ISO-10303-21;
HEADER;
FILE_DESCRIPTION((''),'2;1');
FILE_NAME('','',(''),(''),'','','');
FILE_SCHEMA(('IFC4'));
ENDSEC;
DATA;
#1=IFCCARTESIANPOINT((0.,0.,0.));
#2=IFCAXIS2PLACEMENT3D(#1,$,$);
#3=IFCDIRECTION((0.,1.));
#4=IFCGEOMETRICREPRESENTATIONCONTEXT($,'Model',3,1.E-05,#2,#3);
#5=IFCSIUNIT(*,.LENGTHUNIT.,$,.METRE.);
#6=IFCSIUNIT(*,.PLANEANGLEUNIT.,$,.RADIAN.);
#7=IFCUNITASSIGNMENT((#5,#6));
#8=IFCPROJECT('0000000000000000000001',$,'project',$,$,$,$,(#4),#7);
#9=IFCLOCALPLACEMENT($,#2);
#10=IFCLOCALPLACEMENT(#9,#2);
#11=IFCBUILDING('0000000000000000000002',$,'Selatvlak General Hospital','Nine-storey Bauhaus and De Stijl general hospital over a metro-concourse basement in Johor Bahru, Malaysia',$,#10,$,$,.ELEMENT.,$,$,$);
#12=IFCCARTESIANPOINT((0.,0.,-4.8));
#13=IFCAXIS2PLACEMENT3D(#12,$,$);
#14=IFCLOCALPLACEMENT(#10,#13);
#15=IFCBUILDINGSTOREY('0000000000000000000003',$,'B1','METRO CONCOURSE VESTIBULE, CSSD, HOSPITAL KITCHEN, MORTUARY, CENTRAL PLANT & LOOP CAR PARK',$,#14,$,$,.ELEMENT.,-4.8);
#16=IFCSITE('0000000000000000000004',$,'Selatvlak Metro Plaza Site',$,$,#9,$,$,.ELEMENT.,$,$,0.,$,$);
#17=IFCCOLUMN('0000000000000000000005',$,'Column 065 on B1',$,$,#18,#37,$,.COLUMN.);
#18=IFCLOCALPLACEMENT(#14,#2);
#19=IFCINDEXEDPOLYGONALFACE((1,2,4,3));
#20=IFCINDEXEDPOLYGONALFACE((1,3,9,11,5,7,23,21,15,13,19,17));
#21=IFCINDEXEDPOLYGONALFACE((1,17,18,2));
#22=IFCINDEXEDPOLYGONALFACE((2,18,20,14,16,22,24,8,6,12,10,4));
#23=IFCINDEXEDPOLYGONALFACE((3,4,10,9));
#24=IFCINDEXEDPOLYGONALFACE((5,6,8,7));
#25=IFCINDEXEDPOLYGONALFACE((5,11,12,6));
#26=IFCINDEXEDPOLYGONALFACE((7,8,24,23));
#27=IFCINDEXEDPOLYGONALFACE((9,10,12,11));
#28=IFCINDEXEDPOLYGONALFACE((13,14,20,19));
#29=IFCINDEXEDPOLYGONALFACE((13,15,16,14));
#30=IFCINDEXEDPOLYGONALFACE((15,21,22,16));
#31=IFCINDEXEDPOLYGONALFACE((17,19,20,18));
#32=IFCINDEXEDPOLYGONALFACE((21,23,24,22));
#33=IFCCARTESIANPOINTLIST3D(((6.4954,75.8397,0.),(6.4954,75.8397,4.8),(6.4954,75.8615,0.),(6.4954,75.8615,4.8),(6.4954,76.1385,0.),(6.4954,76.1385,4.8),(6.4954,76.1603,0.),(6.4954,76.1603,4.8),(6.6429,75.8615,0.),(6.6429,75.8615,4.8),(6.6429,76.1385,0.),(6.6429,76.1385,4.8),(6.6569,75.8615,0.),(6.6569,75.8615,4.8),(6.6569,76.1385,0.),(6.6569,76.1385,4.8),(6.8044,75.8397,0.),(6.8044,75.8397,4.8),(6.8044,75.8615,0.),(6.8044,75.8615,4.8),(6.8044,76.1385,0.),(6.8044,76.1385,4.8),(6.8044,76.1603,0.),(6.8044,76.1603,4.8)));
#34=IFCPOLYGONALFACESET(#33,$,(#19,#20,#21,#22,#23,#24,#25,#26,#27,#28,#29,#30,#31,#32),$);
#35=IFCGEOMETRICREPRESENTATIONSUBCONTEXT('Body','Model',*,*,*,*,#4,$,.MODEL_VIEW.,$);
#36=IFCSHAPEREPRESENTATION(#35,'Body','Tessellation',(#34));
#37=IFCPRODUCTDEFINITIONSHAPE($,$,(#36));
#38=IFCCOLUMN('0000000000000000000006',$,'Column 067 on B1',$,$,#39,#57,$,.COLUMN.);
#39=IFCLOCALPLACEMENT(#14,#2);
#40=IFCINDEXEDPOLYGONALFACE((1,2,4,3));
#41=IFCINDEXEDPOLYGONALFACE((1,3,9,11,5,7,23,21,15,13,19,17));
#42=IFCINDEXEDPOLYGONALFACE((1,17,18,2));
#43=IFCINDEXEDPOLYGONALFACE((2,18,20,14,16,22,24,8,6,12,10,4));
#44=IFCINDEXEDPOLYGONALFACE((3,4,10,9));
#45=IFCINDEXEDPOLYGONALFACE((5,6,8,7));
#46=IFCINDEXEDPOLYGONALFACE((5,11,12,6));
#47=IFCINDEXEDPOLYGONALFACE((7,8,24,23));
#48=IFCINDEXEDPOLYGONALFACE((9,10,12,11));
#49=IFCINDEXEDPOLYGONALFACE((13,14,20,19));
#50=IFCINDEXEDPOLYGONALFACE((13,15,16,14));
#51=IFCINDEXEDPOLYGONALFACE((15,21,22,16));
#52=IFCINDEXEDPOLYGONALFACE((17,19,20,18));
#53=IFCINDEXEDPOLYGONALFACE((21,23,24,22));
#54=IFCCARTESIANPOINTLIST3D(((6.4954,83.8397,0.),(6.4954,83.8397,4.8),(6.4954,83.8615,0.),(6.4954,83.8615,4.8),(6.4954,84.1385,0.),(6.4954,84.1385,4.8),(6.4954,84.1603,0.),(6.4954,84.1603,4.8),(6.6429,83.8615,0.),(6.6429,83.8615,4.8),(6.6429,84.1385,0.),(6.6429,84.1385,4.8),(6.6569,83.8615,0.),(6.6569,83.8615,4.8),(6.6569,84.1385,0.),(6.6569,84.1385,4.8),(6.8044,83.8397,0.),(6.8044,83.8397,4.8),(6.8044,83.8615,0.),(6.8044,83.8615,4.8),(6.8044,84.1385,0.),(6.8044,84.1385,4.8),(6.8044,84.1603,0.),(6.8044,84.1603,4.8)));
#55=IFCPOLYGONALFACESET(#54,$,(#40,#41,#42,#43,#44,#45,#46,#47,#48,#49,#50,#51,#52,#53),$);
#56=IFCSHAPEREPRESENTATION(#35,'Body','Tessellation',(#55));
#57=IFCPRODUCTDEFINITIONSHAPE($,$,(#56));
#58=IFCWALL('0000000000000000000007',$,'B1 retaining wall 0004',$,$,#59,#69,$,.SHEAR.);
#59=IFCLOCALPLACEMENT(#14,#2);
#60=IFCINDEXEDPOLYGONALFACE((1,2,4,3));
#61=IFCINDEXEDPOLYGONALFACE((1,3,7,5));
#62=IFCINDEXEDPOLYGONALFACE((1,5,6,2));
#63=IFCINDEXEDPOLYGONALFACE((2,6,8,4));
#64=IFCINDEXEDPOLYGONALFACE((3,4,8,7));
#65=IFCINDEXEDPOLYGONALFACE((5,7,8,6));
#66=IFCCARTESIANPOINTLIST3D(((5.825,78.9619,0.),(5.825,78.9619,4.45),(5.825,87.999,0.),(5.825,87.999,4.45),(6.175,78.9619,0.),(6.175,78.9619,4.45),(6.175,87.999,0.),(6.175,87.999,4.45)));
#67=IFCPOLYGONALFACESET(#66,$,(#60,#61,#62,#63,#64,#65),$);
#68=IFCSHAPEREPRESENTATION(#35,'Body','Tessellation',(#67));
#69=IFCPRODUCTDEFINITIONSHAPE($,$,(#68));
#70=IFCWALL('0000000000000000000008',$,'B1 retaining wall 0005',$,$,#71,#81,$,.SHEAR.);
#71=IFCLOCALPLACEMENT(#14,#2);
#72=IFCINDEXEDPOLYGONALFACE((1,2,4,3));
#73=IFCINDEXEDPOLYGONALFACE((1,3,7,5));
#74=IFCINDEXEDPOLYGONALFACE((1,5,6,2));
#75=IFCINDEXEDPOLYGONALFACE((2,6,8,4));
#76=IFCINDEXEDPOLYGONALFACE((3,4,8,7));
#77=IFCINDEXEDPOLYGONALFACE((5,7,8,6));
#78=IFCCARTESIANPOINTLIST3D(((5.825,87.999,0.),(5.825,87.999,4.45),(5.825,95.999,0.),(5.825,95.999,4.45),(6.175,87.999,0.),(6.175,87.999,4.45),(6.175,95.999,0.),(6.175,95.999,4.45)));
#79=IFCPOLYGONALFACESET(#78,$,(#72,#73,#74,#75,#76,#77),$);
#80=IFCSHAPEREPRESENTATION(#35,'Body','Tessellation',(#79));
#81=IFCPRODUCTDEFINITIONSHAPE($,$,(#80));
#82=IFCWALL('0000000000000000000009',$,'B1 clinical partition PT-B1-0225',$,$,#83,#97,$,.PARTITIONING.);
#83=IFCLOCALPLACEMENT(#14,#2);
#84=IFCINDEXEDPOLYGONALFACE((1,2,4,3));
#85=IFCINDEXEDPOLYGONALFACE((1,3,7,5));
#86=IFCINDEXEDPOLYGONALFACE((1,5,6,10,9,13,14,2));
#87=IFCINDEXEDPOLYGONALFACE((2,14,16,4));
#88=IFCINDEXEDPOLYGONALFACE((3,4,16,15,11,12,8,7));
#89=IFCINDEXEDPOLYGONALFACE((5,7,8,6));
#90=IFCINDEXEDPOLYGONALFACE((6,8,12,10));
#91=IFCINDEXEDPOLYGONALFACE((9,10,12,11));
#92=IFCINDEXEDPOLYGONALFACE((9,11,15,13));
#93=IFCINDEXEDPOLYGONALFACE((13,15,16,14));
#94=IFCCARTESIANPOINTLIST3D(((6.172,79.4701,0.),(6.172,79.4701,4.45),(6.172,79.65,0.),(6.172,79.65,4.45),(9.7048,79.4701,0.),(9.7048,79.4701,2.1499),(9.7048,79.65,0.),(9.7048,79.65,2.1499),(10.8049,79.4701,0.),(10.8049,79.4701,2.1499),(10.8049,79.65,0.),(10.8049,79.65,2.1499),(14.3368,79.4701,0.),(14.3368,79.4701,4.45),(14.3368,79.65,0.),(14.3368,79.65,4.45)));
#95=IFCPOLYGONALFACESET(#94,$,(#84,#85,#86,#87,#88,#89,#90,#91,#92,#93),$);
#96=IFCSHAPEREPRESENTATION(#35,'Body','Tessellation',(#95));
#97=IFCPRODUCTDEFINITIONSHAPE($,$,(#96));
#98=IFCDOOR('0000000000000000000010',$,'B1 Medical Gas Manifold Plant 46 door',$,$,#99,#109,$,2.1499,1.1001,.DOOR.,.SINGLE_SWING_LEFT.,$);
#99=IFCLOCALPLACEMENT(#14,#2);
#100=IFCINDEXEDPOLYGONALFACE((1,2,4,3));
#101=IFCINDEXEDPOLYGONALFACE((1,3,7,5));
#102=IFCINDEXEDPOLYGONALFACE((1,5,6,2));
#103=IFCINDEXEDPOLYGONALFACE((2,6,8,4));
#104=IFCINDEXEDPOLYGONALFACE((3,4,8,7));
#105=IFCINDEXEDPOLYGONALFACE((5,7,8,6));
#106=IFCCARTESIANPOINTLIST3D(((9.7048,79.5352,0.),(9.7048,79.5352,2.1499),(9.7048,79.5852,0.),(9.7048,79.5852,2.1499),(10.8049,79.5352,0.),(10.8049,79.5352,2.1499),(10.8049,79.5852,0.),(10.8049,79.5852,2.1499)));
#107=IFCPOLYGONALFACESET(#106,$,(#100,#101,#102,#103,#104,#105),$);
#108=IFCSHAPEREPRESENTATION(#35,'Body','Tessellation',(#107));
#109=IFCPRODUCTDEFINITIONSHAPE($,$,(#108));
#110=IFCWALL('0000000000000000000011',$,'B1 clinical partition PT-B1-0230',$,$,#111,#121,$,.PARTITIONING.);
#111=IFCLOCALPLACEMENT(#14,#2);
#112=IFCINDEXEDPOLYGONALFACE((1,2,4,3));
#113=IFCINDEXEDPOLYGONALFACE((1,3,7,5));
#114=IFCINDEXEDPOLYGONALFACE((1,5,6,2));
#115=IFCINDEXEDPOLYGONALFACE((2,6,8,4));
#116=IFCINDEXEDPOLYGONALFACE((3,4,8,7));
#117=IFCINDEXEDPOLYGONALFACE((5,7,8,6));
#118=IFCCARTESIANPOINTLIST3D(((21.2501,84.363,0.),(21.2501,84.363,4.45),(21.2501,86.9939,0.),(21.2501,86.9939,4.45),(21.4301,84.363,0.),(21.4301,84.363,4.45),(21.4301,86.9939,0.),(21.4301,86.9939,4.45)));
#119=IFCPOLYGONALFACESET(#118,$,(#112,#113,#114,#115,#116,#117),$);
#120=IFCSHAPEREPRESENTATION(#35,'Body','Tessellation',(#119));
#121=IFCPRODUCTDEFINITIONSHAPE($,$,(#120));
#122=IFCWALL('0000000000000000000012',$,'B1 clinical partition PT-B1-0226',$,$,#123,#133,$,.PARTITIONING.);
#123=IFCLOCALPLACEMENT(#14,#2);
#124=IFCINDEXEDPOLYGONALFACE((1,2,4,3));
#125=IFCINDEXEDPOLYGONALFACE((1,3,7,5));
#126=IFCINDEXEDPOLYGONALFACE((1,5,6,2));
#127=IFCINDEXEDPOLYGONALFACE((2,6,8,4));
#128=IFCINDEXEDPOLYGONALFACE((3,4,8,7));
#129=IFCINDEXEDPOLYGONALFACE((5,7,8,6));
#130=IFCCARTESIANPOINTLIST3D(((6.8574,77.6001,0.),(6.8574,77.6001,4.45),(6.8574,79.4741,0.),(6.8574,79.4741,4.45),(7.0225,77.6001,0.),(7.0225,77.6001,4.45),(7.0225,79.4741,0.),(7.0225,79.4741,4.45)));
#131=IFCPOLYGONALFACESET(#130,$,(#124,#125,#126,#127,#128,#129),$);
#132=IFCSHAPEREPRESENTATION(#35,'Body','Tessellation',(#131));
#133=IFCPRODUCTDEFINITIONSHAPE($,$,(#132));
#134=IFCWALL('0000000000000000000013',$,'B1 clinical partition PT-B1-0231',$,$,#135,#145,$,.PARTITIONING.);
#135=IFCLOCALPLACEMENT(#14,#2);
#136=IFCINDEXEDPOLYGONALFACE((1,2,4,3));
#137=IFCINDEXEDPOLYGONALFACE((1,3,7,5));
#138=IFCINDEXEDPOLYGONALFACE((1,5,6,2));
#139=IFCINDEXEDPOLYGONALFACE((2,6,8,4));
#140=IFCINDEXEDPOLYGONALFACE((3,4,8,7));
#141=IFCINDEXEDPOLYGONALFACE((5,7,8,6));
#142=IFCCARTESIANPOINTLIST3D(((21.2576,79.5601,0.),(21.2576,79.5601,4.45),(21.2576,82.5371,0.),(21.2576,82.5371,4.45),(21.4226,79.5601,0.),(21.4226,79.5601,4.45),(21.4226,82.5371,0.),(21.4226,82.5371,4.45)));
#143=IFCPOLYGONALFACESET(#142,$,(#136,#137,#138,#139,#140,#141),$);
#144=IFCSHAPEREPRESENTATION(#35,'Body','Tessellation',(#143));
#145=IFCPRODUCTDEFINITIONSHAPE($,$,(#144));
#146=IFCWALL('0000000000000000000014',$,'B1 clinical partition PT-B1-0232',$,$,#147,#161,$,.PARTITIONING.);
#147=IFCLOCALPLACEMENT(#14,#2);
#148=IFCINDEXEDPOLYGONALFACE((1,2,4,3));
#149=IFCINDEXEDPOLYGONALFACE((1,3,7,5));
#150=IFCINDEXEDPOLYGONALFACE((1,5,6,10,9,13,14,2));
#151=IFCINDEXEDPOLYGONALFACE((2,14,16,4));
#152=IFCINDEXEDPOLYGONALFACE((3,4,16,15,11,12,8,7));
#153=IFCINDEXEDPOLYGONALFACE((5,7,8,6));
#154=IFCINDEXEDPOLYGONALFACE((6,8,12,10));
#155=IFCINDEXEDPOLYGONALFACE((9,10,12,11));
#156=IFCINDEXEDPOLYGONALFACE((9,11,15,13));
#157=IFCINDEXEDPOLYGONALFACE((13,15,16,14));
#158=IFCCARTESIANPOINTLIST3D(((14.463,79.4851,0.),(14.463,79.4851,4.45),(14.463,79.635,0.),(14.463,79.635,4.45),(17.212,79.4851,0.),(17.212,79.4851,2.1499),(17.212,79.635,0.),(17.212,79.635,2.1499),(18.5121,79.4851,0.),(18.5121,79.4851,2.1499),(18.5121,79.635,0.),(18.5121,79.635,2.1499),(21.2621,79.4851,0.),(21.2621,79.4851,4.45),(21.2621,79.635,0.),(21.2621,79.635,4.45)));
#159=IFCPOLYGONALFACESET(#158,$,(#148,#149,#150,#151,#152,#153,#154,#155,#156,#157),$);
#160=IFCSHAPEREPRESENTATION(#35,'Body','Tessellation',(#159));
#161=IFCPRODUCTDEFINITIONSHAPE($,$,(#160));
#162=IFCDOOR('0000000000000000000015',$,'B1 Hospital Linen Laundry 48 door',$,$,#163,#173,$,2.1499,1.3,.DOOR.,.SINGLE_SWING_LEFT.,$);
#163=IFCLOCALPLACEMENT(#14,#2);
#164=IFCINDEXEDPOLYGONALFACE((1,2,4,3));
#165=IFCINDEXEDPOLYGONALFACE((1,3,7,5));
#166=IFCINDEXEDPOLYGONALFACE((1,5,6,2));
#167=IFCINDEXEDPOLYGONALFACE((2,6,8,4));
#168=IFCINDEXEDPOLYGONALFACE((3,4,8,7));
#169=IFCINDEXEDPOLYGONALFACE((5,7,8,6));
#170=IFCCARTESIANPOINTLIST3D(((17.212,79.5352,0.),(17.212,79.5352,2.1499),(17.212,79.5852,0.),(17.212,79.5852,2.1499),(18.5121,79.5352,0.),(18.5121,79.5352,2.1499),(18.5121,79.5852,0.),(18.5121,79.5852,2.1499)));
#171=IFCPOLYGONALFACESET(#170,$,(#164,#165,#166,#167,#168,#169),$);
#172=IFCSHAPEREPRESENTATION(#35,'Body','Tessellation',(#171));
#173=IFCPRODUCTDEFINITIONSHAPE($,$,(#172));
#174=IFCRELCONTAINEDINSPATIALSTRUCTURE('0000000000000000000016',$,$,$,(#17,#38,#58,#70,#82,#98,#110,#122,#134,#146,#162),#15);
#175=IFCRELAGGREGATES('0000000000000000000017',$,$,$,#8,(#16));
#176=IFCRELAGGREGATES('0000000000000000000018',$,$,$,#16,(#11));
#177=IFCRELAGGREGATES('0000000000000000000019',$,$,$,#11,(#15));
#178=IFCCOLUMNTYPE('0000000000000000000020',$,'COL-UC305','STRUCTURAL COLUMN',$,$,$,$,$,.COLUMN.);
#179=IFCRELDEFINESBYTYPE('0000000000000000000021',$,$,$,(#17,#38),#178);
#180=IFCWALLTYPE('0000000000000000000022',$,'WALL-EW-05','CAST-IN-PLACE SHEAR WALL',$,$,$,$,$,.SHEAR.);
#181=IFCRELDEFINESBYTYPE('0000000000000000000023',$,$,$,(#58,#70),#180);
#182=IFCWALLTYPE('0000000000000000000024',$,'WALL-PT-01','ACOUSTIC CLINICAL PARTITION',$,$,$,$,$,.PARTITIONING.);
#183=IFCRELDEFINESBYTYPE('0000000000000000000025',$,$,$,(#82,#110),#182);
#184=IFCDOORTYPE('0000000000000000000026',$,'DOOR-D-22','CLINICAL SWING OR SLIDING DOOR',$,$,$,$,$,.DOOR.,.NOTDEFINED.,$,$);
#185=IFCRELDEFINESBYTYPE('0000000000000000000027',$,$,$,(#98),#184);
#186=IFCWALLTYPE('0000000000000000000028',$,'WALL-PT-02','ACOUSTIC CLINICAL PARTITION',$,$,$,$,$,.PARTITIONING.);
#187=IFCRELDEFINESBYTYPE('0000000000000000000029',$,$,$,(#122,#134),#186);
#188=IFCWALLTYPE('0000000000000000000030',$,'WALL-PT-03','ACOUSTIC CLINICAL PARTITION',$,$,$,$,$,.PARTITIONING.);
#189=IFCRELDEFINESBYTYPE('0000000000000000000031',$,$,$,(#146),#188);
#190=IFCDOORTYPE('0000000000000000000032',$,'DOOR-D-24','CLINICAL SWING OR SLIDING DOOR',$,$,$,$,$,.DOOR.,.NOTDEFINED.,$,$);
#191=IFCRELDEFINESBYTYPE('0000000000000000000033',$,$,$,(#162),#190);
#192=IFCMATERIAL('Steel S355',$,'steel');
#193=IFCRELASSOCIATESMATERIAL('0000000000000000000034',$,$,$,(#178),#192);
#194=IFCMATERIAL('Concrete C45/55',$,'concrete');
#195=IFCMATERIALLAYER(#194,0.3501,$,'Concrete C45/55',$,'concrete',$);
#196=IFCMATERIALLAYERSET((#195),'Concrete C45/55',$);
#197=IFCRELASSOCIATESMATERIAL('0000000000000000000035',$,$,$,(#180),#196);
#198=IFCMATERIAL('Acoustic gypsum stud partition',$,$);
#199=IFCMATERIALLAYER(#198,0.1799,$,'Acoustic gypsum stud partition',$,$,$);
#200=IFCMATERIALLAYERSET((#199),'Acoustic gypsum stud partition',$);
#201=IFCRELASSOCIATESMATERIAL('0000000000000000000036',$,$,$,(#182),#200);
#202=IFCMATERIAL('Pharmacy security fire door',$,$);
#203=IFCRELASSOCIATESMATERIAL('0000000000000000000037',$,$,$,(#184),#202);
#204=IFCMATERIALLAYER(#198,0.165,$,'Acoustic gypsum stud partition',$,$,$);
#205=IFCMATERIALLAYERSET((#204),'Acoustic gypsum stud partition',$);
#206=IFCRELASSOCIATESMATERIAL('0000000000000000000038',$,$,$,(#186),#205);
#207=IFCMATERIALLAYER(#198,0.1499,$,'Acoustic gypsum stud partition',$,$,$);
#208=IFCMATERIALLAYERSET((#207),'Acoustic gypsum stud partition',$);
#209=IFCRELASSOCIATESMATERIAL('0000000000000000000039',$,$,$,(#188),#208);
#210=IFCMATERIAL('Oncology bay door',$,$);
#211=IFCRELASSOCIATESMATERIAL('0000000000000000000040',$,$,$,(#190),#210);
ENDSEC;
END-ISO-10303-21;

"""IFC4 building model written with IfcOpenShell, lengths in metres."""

from ifc_helpers import new_model, si_unit, direction, frame, frame_2d, origin, origin_2d, place, context, subcontext, project, spatial, rectangle, i_section, extrude, material, layer, layer_set, material_profile, profile_set, type_object, element, fill, save


model = new_model("IFC4")

# Units and contexts
model_context = context("Model", 3, precision=1e-05, world=origin(), true_north=direction((0.0, 1.0)))
body_context = subcontext(model_context, "Body", "Model", "MODEL_VIEW")
ifc_project = project(units=[si_unit("LENGTHUNIT", "METRE"), si_unit("PLANEANGLEUNIT", "RADIAN")], contexts=[model_context])

# Site, building, storey
site_placement = place(None, origin())
site = spatial("IfcSite", under=ifc_project, at=site_placement, Name="Selatvlak Metro Plaza Site", CompositionType="ELEMENT", RefElevation=0.0)
building_placement = place(site_placement, origin())
building = spatial("IfcBuilding", under=site, at=building_placement, Name="Selatvlak General Hospital", Description="Nine-storey Bauhaus and De Stijl general hospital over a metro-concourse basement in Johor Bahru, Malaysia", CompositionType="ELEMENT")
storey_placement = place(building_placement, frame((0.0, 0.0, -4.8)))
storey = spatial("IfcBuildingStorey", under=building, at=storey_placement, Name="B1", Description="METRO CONCOURSE VESTIBULE, CSSD, HOSPITAL KITCHEN, MORTUARY, CENTRAL PLANT & LOOP CAR PARK", CompositionType="ELEMENT", Elevation=-4.8)

# Columns
ifc_material_1 = material(Name="Steel S355", Category="steel")
ifc_material_profile_1 = material_profile(ifc_material_1, i_section(OverallWidth=0.3091, OverallDepth=0.3206, WebThickness=0.0139, FlangeThickness=0.0217, at=origin_2d()), Name="UC 305x305x137")
ifc_profile_set_1 = profile_set([ifc_material_profile_1], Name="Steel S355")
column_type_1 = type_object("IfcColumnType", Name="COL-UC305", Description="STRUCTURAL COLUMN", PredefinedType="COLUMN", material=ifc_profile_set_1)
for number, where, z_axis, x_axis, name in (
    (1, (6.6499, 76.0, 0.0), (0.0, 0.0, 1.0), (1.0, 0.0, 0.0), "Column 065 on B1"),
    (2, (6.6499, 84.0, 0.0), (0.0, 0.0, 1.0), (1.0, 0.0, 0.0), "Column 067 on B1"),
):
    element("IfcColumn", number, at=place(storey_placement, frame(where, z_axis=z_axis, x_axis=x_axis)), inside=storey, type_object=column_type_1, Name=name, PredefinedType="COLUMN", context=body_context, shape_type="SweptSolid", body=[
        extrude(i_section(OverallWidth=0.3091, OverallDepth=0.3206, WebThickness=0.0139, FlangeThickness=0.0217, at=origin_2d()), origin(), (0.0, 0.0, 1.0), 4.8),
    ])

# Walls
ifc_material_2 = material(Name="Concrete C45/55", Category="concrete")
ifc_layer_1 = layer(ifc_material_2, 0.3501, Name="Concrete C45/55", Category="concrete")
ifc_layer_set_1 = layer_set([ifc_layer_1], Name="Concrete C45/55")
wall_type_1 = type_object("IfcWallType", Name="WALL-EW-05", Description="CAST-IN-PLACE SHEAR WALL", PredefinedType="SHEAR", material=ifc_layer_set_1)
wall_1_placement = place(storey_placement, frame((6.0, 78.9619, 0.0), z_axis=(0.0, 0.0, 1.0), x_axis=(0.0, 1.0, 0.0)))
element("IfcWall", 3, at=wall_1_placement, inside=storey, type_object=wall_type_1, Name="B1 retaining wall 0004", PredefinedType="SHEAR", context=body_context, shape_type="SweptSolid", body=[
    extrude(rectangle(XDim=9.0371, YDim=0.3501, at=frame_2d((4.5186, 0.0))), origin(), (0.0, 0.0, 1.0), 4.45),
])
wall_2_placement = place(storey_placement, frame((6.0, 87.999, 0.0), z_axis=(0.0, 0.0, 1.0), x_axis=(0.0, 1.0, 0.0)))
element("IfcWall", 4, at=wall_2_placement, inside=storey, type_object=wall_type_1, Name="B1 retaining wall 0005", PredefinedType="SHEAR", context=body_context, shape_type="SweptSolid", body=[
    extrude(rectangle(XDim=8.0, YDim=0.3501, at=frame_2d((4.0, 0.0))), origin(), (0.0, 0.0, 1.0), 4.45),
])

# Wall, opening, door
ifc_material_3 = material(Name="Acoustic gypsum stud partition")
ifc_layer_2 = layer(ifc_material_3, 0.1799, Name="Acoustic gypsum stud partition")
ifc_layer_set_2 = layer_set([ifc_layer_2], Name="Acoustic gypsum stud partition")
wall_type_2 = type_object("IfcWallType", Name="WALL-PT-01", Description="ACOUSTIC CLINICAL PARTITION", PredefinedType="PARTITIONING", material=ifc_layer_set_2)
wall_3_placement = place(storey_placement, frame((14.3369, 79.5601, 0.0), z_axis=(0.0, 0.0, 1.0), x_axis=(-1.0, 0.0, 0.0)))
wall_3 = element("IfcWall", 5, at=wall_3_placement, inside=storey, type_object=wall_type_2, Name="B1 clinical partition PT-B1-0225", PredefinedType="PARTITIONING", context=body_context, shape_type="SweptSolid", body=[
    extrude(rectangle(XDim=8.1648, YDim=0.1799, at=frame_2d((4.0825, 0.0))), origin(), (0.0, 0.0, 1.0), 4.45),
])
opening_1_placement = place(wall_3_placement, frame((3.532, 0.0, 0.0)))
opening_1 = element("IfcOpeningElement", 6, at=opening_1_placement, cuts=wall_3, PredefinedType="OPENING", context=body_context, shape_type="SweptSolid", body=[
    extrude(rectangle(XDim=1.1001, YDim=2.1499, at=frame_2d((0.55, 1.075))), frame((0.0, 0.0999, 0.0), z_axis=(0.0, -1.0, 0.0), x_axis=(1.0, 0.0, 0.0)), (0.0, 0.0, 1.0), 0.2),
])
ifc_material_4 = material(Name="Pharmacy security fire door")
door_type_1 = type_object("IfcDoorType", Name="DOOR-D-22", Description="CLINICAL SWING OR SLIDING DOOR", OperationType="NOTDEFINED", PredefinedType="DOOR", material=ifc_material_4)
door_1_placement = place(opening_1_placement, origin())
door_1 = element("IfcDoor", 7, at=door_1_placement, inside=storey, type_object=door_type_1, Name="B1 Medical Gas Manifold Plant 46 door", OperationType="SINGLE_SWING_LEFT", OverallHeight=2.1499, OverallWidth=1.1001, PredefinedType="DOOR", context=body_context, shape_type="SweptSolid", body=[
    extrude(rectangle(XDim=1.1001, YDim=2.1499, at=frame_2d((0.55, 1.075))), frame((0.0, 0.0249, 0.0), z_axis=(0.0, -1.0, 0.0), x_axis=(1.0, 0.0, 0.0)), (0.0, 0.0, 1.0), 0.05),
])
fill(opening_1, door_1)

# Walls
wall_4_placement = place(storey_placement, frame((21.3401, 86.9939, 0.0), z_axis=(0.0, 0.0, 1.0), x_axis=(0.0, -1.0, 0.0)))
element("IfcWall", 8, at=wall_4_placement, inside=storey, type_object=wall_type_2, Name="B1 clinical partition PT-B1-0230", PredefinedType="PARTITIONING", context=body_context, shape_type="SweptSolid", body=[
    extrude(rectangle(XDim=2.6309, YDim=0.1799, at=frame_2d((1.3154, 0.0))), origin(), (0.0, 0.0, 1.0), 4.45),
])
ifc_layer_3 = layer(ifc_material_3, 0.165, Name="Acoustic gypsum stud partition")
ifc_layer_set_3 = layer_set([ifc_layer_3], Name="Acoustic gypsum stud partition")
wall_type_3 = type_object("IfcWallType", Name="WALL-PT-02", Description="ACOUSTIC CLINICAL PARTITION", PredefinedType="PARTITIONING", material=ifc_layer_set_3)
wall_5_placement = place(storey_placement, frame((6.9399, 79.4741, 0.0), z_axis=(0.0, 0.0, 1.0), x_axis=(0.0, -1.0, 0.0)))
element("IfcWall", 9, at=wall_5_placement, inside=storey, type_object=wall_type_3, Name="B1 clinical partition PT-B1-0226", PredefinedType="PARTITIONING", context=body_context, shape_type="SweptSolid", body=[
    extrude(rectangle(XDim=1.874, YDim=0.165, at=frame_2d((0.937, 0.0))), origin(), (0.0, 0.0, 1.0), 4.45),
])
wall_6_placement = place(storey_placement, frame((21.3401, 82.5371, 0.0), z_axis=(0.0, 0.0, 1.0), x_axis=(0.0, -1.0, 0.0)))
element("IfcWall", 10, at=wall_6_placement, inside=storey, type_object=wall_type_3, Name="B1 clinical partition PT-B1-0231", PredefinedType="PARTITIONING", context=body_context, shape_type="SweptSolid", body=[
    extrude(rectangle(XDim=2.9771, YDim=0.165, at=frame_2d((1.4885, 0.0))), origin(), (0.0, 0.0, 1.0), 4.45),
])

# Wall, opening, door
ifc_layer_4 = layer(ifc_material_3, 0.1499, Name="Acoustic gypsum stud partition")
ifc_layer_set_4 = layer_set([ifc_layer_4], Name="Acoustic gypsum stud partition")
wall_type_4 = type_object("IfcWallType", Name="WALL-PT-03", Description="ACOUSTIC CLINICAL PARTITION", PredefinedType="PARTITIONING", material=ifc_layer_set_4)
wall_7_placement = place(storey_placement, frame((21.262, 79.5601, 0.0), z_axis=(0.0, 0.0, 1.0), x_axis=(-1.0, 0.0, 0.0)))
wall_7 = element("IfcWall", 11, at=wall_7_placement, inside=storey, type_object=wall_type_4, Name="B1 clinical partition PT-B1-0232", PredefinedType="PARTITIONING", context=body_context, shape_type="SweptSolid", body=[
    extrude(rectangle(XDim=6.7991, YDim=0.1499, at=frame_2d((3.3994, 0.0))), origin(), (0.0, 0.0, 1.0), 4.45),
])
opening_2_placement = place(wall_7_placement, frame((2.75, 0.0, 0.0)))
opening_2 = element("IfcOpeningElement", 12, at=opening_2_placement, cuts=wall_7, PredefinedType="OPENING", context=body_context, shape_type="SweptSolid", body=[
    extrude(rectangle(XDim=1.3, YDim=2.1499, at=frame_2d((0.6499, 1.075))), frame((0.0, 0.085, 0.0), z_axis=(0.0, -1.0, 0.0), x_axis=(1.0, 0.0, 0.0)), (0.0, 0.0, 1.0), 0.1699),
])
ifc_material_5 = material(Name="Oncology bay door")
door_type_2 = type_object("IfcDoorType", Name="DOOR-D-24", Description="CLINICAL SWING OR SLIDING DOOR", OperationType="NOTDEFINED", PredefinedType="DOOR", material=ifc_material_5)
door_2_placement = place(opening_2_placement, origin())
door_2 = element("IfcDoor", 13, at=door_2_placement, inside=storey, type_object=door_type_2, Name="B1 Hospital Linen Laundry 48 door", OperationType="SINGLE_SWING_LEFT", OverallHeight=2.1499, OverallWidth=1.3, PredefinedType="DOOR", context=body_context, shape_type="SweptSolid", body=[
    extrude(rectangle(XDim=1.3, YDim=2.1499, at=frame_2d((0.6499, 1.075))), frame((0.0, 0.0249, 0.0), z_axis=(0.0, -1.0, 0.0), x_axis=(1.0, 0.0, 0.0)), (0.0, 0.0, 1.0), 0.05),
])
fill(opening_2, door_2)

save(model, "model.ifc")
